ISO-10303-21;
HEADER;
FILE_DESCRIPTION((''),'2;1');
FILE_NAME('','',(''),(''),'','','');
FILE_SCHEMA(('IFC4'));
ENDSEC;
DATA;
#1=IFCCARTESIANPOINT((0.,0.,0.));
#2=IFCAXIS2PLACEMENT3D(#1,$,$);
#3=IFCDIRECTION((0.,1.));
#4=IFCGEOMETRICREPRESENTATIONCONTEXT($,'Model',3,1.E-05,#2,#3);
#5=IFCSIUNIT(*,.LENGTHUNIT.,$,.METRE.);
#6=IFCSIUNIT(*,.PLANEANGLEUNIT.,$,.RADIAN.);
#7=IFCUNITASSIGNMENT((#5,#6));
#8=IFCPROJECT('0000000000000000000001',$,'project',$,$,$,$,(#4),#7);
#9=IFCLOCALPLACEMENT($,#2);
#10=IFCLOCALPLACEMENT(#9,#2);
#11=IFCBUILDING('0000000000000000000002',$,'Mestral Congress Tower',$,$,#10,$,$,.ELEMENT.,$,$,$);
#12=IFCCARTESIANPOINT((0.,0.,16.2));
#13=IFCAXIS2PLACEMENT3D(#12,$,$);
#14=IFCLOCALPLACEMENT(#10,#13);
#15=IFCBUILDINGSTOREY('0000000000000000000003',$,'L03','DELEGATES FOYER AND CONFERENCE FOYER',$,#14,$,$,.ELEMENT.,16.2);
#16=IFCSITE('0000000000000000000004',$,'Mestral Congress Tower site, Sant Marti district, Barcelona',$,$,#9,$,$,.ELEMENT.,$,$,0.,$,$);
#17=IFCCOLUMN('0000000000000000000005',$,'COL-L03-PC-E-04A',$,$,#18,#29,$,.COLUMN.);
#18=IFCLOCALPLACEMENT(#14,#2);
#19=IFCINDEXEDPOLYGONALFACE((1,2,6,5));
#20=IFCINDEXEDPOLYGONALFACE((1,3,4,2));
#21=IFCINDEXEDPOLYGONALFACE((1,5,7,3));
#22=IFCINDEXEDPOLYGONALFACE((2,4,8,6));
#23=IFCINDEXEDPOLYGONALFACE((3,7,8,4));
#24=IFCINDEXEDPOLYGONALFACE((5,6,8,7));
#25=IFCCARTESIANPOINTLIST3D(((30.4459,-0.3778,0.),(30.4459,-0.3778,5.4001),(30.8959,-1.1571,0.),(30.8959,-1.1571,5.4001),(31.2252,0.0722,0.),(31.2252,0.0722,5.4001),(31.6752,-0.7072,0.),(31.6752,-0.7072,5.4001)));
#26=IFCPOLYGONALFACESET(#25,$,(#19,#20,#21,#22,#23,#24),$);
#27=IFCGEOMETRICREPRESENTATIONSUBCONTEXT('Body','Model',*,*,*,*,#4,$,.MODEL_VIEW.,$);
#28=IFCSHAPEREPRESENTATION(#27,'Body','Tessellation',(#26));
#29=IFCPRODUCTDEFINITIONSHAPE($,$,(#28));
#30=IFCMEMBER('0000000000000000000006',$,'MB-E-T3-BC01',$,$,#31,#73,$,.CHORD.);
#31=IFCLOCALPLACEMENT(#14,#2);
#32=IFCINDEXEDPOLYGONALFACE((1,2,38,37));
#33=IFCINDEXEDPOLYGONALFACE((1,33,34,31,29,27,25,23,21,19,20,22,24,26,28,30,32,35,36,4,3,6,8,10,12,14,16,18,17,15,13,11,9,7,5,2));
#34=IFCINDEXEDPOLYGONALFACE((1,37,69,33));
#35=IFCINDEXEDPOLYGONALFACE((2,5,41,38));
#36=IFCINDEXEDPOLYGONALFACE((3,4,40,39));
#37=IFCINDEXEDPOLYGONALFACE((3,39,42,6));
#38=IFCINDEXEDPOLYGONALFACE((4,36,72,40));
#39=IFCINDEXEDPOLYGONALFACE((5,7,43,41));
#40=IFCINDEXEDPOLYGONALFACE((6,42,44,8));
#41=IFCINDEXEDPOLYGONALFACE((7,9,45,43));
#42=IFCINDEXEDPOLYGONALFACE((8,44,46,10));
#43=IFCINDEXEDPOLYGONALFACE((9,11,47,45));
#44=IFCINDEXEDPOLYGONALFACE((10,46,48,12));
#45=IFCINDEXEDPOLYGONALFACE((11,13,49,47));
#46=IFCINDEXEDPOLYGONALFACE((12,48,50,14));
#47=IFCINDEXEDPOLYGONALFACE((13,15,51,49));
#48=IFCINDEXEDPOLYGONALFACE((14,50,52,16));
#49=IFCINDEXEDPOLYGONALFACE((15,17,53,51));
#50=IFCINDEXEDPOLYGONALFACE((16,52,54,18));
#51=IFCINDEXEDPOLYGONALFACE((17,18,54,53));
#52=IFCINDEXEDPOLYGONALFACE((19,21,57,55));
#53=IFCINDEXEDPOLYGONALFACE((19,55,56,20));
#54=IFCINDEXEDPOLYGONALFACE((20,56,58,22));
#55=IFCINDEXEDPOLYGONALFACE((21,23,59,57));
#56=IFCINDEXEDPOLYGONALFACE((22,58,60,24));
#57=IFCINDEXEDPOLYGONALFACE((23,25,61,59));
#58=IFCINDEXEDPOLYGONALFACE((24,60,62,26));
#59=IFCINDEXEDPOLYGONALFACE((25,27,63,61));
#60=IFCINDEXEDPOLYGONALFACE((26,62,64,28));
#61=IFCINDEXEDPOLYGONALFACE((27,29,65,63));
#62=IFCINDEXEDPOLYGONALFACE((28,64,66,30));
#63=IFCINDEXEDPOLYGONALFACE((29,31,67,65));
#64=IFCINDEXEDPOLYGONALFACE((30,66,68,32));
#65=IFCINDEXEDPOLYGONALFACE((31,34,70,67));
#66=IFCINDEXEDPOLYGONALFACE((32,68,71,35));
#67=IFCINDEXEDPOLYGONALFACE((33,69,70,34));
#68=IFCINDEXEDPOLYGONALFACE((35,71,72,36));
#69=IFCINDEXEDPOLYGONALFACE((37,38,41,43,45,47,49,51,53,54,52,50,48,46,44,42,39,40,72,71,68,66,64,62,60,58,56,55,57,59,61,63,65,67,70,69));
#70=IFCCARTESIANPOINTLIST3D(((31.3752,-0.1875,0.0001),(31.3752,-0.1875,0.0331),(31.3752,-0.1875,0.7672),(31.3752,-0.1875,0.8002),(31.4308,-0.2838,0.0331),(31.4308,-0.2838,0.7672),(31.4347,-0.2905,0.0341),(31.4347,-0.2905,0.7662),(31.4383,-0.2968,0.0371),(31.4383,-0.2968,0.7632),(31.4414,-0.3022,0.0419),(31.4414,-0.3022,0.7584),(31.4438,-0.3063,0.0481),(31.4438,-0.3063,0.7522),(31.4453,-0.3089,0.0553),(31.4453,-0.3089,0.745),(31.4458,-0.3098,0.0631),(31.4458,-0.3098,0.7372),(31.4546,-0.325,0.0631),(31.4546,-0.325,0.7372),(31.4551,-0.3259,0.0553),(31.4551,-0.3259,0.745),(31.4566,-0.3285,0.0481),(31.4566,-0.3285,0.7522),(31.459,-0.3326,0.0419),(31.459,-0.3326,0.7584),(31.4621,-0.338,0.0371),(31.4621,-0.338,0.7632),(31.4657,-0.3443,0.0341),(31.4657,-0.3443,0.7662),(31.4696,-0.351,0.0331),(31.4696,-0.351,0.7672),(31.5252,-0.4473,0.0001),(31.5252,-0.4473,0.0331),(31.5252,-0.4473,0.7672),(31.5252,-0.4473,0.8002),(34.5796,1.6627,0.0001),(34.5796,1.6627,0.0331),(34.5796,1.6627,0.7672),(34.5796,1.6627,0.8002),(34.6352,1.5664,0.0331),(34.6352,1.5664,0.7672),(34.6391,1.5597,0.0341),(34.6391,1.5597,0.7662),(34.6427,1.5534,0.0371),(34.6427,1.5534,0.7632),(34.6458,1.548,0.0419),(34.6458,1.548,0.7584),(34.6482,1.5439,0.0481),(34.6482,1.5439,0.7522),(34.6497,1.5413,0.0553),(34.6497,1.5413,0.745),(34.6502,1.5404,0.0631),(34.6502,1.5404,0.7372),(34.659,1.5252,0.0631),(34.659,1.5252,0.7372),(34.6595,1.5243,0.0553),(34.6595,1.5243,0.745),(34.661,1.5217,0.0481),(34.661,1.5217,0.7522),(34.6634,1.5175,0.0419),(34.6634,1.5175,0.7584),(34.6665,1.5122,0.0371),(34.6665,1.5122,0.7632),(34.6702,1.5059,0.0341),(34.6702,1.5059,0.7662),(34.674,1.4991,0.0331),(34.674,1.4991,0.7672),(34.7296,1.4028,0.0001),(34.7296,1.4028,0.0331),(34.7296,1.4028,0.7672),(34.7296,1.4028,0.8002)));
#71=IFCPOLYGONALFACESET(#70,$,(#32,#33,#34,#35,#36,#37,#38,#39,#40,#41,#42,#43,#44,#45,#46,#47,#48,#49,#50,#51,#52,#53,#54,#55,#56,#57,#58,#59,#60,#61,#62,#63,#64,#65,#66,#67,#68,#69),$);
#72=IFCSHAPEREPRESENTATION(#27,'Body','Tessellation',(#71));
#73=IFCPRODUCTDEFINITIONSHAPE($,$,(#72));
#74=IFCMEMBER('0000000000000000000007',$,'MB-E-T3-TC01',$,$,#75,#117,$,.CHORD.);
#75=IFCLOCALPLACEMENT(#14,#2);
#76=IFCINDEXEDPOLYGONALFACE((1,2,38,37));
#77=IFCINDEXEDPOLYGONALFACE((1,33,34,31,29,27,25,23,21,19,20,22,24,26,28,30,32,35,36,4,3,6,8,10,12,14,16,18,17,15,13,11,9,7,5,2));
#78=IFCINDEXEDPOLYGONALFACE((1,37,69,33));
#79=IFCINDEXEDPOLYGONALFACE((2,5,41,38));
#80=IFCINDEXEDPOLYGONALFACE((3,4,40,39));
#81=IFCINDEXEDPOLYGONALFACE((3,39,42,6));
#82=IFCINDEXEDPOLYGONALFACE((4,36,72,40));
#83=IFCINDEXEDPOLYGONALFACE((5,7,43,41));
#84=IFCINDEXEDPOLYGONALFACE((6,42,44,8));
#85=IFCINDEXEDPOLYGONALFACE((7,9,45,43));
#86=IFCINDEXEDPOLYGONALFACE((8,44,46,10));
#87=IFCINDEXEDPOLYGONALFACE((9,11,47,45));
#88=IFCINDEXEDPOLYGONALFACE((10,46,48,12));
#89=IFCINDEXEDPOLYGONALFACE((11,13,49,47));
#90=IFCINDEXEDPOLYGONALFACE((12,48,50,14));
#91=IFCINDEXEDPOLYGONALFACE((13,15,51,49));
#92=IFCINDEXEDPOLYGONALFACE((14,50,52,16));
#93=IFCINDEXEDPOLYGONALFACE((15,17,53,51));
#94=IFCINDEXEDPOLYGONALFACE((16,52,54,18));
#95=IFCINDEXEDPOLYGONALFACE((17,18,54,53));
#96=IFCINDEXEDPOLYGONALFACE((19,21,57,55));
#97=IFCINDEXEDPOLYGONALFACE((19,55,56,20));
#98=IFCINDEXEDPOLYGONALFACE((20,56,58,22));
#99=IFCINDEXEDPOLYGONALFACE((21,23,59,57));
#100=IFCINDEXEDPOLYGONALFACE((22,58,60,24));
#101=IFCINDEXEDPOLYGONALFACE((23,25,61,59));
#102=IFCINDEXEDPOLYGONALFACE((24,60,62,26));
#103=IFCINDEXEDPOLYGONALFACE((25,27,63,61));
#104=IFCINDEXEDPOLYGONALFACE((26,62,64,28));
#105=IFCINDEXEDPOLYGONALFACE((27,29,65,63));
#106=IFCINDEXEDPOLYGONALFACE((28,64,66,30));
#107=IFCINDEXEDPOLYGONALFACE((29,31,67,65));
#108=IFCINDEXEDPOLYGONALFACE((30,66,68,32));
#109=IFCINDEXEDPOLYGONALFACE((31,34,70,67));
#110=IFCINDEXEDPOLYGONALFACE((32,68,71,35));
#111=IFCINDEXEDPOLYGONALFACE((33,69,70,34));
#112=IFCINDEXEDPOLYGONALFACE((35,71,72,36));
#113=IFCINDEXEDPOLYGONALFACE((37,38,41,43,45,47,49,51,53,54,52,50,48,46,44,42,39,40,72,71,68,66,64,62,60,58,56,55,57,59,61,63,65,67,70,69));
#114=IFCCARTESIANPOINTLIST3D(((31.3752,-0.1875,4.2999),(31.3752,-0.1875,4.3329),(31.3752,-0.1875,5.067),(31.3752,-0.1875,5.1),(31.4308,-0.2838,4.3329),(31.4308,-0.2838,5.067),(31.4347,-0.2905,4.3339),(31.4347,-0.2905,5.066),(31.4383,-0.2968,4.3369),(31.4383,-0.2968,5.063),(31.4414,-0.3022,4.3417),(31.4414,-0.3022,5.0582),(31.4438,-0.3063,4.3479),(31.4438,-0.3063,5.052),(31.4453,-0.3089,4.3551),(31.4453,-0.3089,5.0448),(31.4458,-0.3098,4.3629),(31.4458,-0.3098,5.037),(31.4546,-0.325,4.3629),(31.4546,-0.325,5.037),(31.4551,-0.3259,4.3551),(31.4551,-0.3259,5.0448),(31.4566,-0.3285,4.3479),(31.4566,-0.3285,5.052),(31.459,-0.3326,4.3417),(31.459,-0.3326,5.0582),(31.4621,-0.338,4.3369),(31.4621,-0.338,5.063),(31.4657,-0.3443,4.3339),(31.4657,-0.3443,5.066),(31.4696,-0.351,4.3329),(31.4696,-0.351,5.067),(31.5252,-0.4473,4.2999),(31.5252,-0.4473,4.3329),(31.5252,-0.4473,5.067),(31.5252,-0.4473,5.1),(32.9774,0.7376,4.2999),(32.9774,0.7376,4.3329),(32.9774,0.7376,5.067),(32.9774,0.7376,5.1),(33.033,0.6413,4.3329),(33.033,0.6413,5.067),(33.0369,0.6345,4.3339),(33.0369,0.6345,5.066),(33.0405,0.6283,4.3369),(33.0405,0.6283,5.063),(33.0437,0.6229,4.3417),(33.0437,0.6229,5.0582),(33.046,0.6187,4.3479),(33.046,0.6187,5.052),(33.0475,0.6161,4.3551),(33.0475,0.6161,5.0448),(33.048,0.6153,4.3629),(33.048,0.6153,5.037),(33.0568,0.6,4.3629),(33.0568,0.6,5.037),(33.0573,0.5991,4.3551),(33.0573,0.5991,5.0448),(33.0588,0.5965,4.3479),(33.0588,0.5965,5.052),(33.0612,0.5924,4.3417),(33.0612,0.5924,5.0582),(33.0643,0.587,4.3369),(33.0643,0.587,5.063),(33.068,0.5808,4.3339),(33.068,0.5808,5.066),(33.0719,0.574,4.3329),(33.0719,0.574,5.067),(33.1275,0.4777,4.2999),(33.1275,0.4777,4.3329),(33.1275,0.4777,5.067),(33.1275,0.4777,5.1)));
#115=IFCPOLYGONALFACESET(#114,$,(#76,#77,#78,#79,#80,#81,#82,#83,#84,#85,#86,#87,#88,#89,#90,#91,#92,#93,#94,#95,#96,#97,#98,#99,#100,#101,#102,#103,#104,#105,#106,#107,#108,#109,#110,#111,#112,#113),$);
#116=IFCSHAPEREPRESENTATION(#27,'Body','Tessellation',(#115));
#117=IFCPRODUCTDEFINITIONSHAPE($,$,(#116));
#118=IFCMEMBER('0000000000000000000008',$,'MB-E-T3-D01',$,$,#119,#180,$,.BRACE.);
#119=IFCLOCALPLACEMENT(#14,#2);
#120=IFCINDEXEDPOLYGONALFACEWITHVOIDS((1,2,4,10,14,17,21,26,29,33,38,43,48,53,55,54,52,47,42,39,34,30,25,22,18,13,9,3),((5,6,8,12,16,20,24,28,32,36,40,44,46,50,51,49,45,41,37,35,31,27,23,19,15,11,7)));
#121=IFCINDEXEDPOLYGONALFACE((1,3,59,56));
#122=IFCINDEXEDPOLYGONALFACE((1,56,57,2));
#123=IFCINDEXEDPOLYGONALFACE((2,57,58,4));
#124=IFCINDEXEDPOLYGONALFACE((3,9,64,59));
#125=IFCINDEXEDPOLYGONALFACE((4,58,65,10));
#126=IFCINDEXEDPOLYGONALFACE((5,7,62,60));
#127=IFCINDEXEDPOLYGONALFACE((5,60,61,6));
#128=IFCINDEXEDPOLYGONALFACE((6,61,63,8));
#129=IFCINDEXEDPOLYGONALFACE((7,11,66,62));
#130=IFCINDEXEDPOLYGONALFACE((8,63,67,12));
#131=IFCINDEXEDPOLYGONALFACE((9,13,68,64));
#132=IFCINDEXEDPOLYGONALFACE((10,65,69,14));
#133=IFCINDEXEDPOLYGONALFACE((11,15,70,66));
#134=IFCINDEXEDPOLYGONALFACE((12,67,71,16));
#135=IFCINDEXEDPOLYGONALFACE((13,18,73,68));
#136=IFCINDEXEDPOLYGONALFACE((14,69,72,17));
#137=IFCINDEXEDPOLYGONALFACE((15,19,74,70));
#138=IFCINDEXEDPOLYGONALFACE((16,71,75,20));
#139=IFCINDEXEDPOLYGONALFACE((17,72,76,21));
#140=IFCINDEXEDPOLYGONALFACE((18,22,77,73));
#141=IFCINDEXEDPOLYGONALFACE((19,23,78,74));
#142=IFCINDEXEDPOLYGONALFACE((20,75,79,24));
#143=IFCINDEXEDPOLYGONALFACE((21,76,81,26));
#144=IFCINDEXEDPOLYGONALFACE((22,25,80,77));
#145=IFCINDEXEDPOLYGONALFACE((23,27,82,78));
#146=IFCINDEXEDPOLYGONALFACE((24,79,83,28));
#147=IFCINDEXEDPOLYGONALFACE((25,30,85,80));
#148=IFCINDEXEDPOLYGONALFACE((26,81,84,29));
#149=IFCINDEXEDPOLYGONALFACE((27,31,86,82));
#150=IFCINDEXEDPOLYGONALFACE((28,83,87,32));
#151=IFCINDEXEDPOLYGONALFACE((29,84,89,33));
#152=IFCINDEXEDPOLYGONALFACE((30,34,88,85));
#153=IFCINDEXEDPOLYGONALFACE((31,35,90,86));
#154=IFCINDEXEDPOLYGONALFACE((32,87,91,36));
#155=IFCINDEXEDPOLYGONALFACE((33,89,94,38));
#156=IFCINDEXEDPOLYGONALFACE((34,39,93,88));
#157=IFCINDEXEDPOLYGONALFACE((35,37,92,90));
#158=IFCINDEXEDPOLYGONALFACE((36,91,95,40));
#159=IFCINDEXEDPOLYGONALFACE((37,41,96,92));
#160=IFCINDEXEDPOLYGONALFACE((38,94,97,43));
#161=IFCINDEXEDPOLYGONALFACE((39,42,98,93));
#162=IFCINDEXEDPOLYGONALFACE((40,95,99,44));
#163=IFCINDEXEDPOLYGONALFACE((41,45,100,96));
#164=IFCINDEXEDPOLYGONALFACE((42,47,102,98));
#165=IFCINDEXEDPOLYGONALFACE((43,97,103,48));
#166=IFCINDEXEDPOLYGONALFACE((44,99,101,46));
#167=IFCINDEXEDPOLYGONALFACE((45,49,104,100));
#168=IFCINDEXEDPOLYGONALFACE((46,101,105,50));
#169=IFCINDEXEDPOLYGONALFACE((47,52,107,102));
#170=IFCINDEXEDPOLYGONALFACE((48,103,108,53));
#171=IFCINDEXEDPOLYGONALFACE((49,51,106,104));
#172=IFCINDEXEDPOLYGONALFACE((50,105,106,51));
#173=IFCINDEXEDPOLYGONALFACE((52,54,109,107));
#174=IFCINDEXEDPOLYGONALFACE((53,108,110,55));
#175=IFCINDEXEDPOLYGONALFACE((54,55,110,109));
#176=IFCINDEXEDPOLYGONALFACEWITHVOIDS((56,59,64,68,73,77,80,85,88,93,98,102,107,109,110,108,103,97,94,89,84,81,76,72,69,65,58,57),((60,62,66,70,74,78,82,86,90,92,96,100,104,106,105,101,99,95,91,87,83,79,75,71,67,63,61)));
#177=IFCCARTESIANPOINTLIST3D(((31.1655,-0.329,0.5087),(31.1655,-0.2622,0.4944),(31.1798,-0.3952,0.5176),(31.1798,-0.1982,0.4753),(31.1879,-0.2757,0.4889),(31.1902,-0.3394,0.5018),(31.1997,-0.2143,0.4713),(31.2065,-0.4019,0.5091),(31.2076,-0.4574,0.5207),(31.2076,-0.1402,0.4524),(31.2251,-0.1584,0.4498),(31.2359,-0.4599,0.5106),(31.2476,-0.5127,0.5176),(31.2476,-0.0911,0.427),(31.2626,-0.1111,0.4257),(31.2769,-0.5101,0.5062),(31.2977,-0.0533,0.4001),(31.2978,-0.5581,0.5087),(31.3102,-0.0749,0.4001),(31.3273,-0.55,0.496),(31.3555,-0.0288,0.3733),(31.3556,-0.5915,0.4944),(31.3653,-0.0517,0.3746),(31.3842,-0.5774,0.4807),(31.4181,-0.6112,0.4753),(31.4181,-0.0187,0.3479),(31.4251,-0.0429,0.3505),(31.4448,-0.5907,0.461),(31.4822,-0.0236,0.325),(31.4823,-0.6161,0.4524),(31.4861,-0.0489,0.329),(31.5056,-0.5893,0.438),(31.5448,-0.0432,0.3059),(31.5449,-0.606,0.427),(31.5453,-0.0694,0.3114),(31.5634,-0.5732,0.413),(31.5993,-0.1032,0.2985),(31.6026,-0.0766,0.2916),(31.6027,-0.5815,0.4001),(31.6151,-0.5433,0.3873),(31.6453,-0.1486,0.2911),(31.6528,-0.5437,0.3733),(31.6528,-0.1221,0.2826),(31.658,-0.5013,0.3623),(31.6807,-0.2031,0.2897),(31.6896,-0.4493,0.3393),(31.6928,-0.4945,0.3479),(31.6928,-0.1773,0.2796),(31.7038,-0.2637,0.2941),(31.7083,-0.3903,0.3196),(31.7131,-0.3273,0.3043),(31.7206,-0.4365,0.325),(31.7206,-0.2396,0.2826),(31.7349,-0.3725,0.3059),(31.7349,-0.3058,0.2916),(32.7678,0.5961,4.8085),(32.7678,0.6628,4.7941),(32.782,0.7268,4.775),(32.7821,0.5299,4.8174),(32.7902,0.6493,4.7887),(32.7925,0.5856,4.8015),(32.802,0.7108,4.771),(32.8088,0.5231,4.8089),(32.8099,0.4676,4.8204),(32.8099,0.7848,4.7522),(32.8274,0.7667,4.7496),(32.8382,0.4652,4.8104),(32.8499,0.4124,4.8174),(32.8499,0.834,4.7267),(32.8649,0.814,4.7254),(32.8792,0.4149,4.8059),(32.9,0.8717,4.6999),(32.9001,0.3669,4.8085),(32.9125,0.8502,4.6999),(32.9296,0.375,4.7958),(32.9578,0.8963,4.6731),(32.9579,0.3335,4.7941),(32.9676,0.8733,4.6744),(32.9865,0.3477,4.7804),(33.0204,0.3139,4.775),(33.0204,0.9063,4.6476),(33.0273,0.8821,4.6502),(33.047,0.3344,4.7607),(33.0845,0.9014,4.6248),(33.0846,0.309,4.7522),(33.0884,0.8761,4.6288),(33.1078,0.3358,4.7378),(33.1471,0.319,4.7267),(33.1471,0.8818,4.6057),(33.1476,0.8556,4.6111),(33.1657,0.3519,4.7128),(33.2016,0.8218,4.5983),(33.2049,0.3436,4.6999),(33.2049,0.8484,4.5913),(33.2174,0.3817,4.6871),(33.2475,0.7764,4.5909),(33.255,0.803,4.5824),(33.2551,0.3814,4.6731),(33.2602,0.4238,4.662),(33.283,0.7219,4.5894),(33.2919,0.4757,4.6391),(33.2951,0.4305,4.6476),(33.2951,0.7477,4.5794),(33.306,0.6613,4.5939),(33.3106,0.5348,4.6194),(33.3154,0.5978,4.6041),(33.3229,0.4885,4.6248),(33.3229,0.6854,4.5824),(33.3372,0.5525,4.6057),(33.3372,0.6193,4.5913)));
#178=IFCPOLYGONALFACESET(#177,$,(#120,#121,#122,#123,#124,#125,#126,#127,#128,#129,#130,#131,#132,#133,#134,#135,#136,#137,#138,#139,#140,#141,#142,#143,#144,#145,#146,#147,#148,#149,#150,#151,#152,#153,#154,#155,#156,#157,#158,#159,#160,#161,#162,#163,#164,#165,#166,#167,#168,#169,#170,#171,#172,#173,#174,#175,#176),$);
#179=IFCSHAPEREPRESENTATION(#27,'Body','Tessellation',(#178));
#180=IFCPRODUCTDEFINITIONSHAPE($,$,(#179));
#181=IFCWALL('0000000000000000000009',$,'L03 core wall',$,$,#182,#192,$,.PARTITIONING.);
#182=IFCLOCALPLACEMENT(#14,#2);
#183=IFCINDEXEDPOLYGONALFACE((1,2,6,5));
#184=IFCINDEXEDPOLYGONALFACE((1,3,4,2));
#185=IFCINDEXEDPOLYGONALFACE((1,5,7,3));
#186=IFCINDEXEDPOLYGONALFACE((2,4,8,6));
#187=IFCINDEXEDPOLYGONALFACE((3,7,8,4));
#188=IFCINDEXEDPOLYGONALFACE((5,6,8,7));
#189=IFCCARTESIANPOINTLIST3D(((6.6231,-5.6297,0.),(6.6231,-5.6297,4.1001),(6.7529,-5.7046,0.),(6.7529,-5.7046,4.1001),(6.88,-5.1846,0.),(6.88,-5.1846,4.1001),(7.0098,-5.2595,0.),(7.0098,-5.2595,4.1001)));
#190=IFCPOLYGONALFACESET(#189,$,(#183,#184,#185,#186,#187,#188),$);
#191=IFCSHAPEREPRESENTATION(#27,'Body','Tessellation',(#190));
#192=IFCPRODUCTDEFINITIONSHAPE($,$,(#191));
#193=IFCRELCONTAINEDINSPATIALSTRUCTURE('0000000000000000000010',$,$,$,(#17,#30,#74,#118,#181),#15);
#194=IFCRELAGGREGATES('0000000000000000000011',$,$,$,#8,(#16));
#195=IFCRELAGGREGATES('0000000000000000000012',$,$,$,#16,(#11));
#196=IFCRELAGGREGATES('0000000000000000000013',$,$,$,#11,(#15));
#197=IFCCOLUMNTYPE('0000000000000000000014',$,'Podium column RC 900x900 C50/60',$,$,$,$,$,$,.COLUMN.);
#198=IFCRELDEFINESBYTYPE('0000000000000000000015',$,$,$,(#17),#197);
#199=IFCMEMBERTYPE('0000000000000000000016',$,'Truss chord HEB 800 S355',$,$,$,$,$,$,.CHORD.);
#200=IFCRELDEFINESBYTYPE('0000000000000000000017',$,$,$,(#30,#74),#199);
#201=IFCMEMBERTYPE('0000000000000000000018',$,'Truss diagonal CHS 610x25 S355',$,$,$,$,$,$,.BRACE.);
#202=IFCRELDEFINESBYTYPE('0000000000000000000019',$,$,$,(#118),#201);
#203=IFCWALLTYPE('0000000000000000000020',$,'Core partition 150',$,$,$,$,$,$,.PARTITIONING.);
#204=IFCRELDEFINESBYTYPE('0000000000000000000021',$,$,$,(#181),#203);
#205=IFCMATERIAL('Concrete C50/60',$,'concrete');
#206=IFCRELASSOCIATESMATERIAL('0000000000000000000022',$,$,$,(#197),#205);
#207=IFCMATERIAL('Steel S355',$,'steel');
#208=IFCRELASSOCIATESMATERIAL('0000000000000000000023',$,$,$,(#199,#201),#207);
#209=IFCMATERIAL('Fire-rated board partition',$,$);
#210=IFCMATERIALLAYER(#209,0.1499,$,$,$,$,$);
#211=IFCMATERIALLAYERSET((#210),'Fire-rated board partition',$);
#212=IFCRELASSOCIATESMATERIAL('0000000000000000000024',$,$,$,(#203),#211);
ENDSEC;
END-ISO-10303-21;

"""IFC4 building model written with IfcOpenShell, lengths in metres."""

from ifc_helpers import new_model, si_unit, direction, frame, frame_2d, origin, origin_2d, place, context, subcontext, project, spatial, rectangle, hollow_circle, i_section, extrude, material, layer, layer_set, material_profile, profile_set, type_object, element, save


model = new_model("IFC4")

# Units and contexts
model_context = context("Model", 3, precision=1e-05, world=origin(), true_north=direction((0.0, 1.0)))
body_context = subcontext(model_context, "Body", "Model", "MODEL_VIEW")
ifc_project = project(units=[si_unit("LENGTHUNIT", "METRE"), si_unit("PLANEANGLEUNIT", "RADIAN")], contexts=[model_context])

# Site, building, storey
site_placement = place(None, origin())
site = spatial("IfcSite", under=ifc_project, at=site_placement, Name="Mestral Congress Tower site, Sant Marti district, Barcelona", CompositionType="ELEMENT", RefElevation=0.0)
building_placement = place(site_placement, origin())
building = spatial("IfcBuilding", under=site, at=building_placement, Name="Mestral Congress Tower", CompositionType="ELEMENT")
storey_placement = place(building_placement, frame((0.0, 0.0, 16.2)))
storey = spatial("IfcBuildingStorey", under=building, at=storey_placement, Name="L03", Description="DELEGATES FOYER AND CONFERENCE FOYER", CompositionType="ELEMENT", Elevation=16.2)

# Column
ifc_material_1 = material(Name="Concrete C50/60", Category="concrete")
ifc_material_profile_1 = material_profile(ifc_material_1, rectangle(XDim=0.8999, YDim=0.8999, at=origin_2d()), Name="RC 900x900")
ifc_profile_set_1 = profile_set([ifc_material_profile_1], Name="Concrete C50/60")
column_type = type_object("IfcColumnType", Name="Podium column RC 900x900 C50/60", PredefinedType="COLUMN", material=ifc_profile_set_1)
column_placement = place(storey_placement, frame((31.0605, -0.5425, 0.0), z_axis=(0.0, 0.0, 1.0), x_axis=(-0.5, 0.866025, 0.0)))
element("IfcColumn", 1, at=column_placement, inside=storey, type_object=column_type, Name="COL-L03-PC-E-04A", PredefinedType="COLUMN", context=body_context, shape_type="SweptSolid", body=[
    extrude(rectangle(XDim=0.8999, YDim=0.8999, at=origin_2d()), origin(), (0.0, 0.0, 1.0), 5.4001),
])

# Members
ifc_material_2 = material(Name="Steel S355", Category="steel")
ifc_material_profile_2 = material_profile(ifc_material_2, i_section(OverallWidth=0.3, OverallDepth=0.8, WebThickness=0.0176, FlangeThickness=0.033, FilletRadius=0.03, at=origin_2d()), Name="HEB 800")
ifc_profile_set_2 = profile_set([ifc_material_profile_2], Name="Steel S355")
member_type_1 = type_object("IfcMemberType", Name="Truss chord HEB 800 S355", PredefinedType="CHORD", material=ifc_profile_set_2)
member_1_placement = place(storey_placement, frame((31.4502, -0.3174, 0.4001), z_axis=(0.866017, 0.500014, 0.0), x_axis=(-0.500014, 0.866017, 0.0)))
element("IfcMember", 2, at=member_1_placement, inside=storey, type_object=member_type_1, Name="MB-E-T3-BC01", PredefinedType="CHORD", context=body_context, shape_type="SweptSolid", body=[
    extrude(i_section(OverallWidth=0.3, OverallDepth=0.8, WebThickness=0.0176, FlangeThickness=0.033, FilletRadius=0.03, at=origin_2d()), origin(), (0.0, 0.0, 1.0), 3.7002),
])
member_2_placement = place(storey_placement, frame((31.4502, -0.3174, 4.7), z_axis=(0.866034, 0.499985, 0.0), x_axis=(-0.499985, 0.866034, 0.0)))
element("IfcMember", 3, at=member_2_placement, inside=storey, type_object=member_type_1, Name="MB-E-T3-TC01", PredefinedType="CHORD", context=body_context, shape_type="SweptSolid", body=[
    extrude(i_section(OverallWidth=0.3, OverallDepth=0.8, WebThickness=0.0176, FlangeThickness=0.033, FilletRadius=0.03, at=origin_2d()), origin(), (0.0, 0.0, 1.0), 1.8501),
])
ifc_material_profile_3 = material_profile(ifc_material_2, hollow_circle(Radius=0.3049, WallThickness=0.0249, at=origin_2d()), Name="CHS 610x25")
ifc_profile_set_3 = profile_set([ifc_material_profile_3], Name="Steel S355")
member_type_2 = type_object("IfcMemberType", Name="Truss diagonal CHS 610x25 S355", PredefinedType="BRACE", material=ifc_profile_set_3)
member_3_placement = place(storey_placement, frame((31.4502, -0.3174, 0.4001), z_axis=(0.342301, 0.197619, 0.918573), x_axis=(-0.499985, 0.866034, 0.0)))
element("IfcMember", 4, at=member_3_placement, inside=storey, type_object=member_type_2, Name="MB-E-T3-D01", PredefinedType="BRACE", context=body_context, shape_type="SweptSolid", body=[
    extrude(hollow_circle(Radius=0.3049, WallThickness=0.0249, at=origin_2d()), origin(), (0.0, 0.0, 1.0), 4.6809),
])

# Wall
ifc_material_3 = material(Name="Fire-rated board partition")
ifc_layer_1 = layer(ifc_material_3, 0.1499)
ifc_layer_set_1 = layer_set([ifc_layer_1], Name="Fire-rated board partition")
wall_type_1 = type_object("IfcWallType", Name="Core partition 150", PredefinedType="PARTITIONING", material=ifc_layer_set_1)
wall_1_placement = place(storey_placement, frame((6.9448, -5.2222, 0.0), z_axis=(0.0, 0.0, 1.0), x_axis=(-0.499818, -0.86613, 0.0)))
element("IfcWall", 5, at=wall_1_placement, inside=storey, type_object=wall_type_1, Name="L03 core wall", PredefinedType="PARTITIONING", context=body_context, shape_type="SweptSolid", body=[
    extrude(rectangle(XDim=0.5139, YDim=0.1499, at=frame_2d((0.2568, 0.0))), origin(), (0.0, 0.0, 1.0), 4.1001),
])

save(model, "model.ifc")
